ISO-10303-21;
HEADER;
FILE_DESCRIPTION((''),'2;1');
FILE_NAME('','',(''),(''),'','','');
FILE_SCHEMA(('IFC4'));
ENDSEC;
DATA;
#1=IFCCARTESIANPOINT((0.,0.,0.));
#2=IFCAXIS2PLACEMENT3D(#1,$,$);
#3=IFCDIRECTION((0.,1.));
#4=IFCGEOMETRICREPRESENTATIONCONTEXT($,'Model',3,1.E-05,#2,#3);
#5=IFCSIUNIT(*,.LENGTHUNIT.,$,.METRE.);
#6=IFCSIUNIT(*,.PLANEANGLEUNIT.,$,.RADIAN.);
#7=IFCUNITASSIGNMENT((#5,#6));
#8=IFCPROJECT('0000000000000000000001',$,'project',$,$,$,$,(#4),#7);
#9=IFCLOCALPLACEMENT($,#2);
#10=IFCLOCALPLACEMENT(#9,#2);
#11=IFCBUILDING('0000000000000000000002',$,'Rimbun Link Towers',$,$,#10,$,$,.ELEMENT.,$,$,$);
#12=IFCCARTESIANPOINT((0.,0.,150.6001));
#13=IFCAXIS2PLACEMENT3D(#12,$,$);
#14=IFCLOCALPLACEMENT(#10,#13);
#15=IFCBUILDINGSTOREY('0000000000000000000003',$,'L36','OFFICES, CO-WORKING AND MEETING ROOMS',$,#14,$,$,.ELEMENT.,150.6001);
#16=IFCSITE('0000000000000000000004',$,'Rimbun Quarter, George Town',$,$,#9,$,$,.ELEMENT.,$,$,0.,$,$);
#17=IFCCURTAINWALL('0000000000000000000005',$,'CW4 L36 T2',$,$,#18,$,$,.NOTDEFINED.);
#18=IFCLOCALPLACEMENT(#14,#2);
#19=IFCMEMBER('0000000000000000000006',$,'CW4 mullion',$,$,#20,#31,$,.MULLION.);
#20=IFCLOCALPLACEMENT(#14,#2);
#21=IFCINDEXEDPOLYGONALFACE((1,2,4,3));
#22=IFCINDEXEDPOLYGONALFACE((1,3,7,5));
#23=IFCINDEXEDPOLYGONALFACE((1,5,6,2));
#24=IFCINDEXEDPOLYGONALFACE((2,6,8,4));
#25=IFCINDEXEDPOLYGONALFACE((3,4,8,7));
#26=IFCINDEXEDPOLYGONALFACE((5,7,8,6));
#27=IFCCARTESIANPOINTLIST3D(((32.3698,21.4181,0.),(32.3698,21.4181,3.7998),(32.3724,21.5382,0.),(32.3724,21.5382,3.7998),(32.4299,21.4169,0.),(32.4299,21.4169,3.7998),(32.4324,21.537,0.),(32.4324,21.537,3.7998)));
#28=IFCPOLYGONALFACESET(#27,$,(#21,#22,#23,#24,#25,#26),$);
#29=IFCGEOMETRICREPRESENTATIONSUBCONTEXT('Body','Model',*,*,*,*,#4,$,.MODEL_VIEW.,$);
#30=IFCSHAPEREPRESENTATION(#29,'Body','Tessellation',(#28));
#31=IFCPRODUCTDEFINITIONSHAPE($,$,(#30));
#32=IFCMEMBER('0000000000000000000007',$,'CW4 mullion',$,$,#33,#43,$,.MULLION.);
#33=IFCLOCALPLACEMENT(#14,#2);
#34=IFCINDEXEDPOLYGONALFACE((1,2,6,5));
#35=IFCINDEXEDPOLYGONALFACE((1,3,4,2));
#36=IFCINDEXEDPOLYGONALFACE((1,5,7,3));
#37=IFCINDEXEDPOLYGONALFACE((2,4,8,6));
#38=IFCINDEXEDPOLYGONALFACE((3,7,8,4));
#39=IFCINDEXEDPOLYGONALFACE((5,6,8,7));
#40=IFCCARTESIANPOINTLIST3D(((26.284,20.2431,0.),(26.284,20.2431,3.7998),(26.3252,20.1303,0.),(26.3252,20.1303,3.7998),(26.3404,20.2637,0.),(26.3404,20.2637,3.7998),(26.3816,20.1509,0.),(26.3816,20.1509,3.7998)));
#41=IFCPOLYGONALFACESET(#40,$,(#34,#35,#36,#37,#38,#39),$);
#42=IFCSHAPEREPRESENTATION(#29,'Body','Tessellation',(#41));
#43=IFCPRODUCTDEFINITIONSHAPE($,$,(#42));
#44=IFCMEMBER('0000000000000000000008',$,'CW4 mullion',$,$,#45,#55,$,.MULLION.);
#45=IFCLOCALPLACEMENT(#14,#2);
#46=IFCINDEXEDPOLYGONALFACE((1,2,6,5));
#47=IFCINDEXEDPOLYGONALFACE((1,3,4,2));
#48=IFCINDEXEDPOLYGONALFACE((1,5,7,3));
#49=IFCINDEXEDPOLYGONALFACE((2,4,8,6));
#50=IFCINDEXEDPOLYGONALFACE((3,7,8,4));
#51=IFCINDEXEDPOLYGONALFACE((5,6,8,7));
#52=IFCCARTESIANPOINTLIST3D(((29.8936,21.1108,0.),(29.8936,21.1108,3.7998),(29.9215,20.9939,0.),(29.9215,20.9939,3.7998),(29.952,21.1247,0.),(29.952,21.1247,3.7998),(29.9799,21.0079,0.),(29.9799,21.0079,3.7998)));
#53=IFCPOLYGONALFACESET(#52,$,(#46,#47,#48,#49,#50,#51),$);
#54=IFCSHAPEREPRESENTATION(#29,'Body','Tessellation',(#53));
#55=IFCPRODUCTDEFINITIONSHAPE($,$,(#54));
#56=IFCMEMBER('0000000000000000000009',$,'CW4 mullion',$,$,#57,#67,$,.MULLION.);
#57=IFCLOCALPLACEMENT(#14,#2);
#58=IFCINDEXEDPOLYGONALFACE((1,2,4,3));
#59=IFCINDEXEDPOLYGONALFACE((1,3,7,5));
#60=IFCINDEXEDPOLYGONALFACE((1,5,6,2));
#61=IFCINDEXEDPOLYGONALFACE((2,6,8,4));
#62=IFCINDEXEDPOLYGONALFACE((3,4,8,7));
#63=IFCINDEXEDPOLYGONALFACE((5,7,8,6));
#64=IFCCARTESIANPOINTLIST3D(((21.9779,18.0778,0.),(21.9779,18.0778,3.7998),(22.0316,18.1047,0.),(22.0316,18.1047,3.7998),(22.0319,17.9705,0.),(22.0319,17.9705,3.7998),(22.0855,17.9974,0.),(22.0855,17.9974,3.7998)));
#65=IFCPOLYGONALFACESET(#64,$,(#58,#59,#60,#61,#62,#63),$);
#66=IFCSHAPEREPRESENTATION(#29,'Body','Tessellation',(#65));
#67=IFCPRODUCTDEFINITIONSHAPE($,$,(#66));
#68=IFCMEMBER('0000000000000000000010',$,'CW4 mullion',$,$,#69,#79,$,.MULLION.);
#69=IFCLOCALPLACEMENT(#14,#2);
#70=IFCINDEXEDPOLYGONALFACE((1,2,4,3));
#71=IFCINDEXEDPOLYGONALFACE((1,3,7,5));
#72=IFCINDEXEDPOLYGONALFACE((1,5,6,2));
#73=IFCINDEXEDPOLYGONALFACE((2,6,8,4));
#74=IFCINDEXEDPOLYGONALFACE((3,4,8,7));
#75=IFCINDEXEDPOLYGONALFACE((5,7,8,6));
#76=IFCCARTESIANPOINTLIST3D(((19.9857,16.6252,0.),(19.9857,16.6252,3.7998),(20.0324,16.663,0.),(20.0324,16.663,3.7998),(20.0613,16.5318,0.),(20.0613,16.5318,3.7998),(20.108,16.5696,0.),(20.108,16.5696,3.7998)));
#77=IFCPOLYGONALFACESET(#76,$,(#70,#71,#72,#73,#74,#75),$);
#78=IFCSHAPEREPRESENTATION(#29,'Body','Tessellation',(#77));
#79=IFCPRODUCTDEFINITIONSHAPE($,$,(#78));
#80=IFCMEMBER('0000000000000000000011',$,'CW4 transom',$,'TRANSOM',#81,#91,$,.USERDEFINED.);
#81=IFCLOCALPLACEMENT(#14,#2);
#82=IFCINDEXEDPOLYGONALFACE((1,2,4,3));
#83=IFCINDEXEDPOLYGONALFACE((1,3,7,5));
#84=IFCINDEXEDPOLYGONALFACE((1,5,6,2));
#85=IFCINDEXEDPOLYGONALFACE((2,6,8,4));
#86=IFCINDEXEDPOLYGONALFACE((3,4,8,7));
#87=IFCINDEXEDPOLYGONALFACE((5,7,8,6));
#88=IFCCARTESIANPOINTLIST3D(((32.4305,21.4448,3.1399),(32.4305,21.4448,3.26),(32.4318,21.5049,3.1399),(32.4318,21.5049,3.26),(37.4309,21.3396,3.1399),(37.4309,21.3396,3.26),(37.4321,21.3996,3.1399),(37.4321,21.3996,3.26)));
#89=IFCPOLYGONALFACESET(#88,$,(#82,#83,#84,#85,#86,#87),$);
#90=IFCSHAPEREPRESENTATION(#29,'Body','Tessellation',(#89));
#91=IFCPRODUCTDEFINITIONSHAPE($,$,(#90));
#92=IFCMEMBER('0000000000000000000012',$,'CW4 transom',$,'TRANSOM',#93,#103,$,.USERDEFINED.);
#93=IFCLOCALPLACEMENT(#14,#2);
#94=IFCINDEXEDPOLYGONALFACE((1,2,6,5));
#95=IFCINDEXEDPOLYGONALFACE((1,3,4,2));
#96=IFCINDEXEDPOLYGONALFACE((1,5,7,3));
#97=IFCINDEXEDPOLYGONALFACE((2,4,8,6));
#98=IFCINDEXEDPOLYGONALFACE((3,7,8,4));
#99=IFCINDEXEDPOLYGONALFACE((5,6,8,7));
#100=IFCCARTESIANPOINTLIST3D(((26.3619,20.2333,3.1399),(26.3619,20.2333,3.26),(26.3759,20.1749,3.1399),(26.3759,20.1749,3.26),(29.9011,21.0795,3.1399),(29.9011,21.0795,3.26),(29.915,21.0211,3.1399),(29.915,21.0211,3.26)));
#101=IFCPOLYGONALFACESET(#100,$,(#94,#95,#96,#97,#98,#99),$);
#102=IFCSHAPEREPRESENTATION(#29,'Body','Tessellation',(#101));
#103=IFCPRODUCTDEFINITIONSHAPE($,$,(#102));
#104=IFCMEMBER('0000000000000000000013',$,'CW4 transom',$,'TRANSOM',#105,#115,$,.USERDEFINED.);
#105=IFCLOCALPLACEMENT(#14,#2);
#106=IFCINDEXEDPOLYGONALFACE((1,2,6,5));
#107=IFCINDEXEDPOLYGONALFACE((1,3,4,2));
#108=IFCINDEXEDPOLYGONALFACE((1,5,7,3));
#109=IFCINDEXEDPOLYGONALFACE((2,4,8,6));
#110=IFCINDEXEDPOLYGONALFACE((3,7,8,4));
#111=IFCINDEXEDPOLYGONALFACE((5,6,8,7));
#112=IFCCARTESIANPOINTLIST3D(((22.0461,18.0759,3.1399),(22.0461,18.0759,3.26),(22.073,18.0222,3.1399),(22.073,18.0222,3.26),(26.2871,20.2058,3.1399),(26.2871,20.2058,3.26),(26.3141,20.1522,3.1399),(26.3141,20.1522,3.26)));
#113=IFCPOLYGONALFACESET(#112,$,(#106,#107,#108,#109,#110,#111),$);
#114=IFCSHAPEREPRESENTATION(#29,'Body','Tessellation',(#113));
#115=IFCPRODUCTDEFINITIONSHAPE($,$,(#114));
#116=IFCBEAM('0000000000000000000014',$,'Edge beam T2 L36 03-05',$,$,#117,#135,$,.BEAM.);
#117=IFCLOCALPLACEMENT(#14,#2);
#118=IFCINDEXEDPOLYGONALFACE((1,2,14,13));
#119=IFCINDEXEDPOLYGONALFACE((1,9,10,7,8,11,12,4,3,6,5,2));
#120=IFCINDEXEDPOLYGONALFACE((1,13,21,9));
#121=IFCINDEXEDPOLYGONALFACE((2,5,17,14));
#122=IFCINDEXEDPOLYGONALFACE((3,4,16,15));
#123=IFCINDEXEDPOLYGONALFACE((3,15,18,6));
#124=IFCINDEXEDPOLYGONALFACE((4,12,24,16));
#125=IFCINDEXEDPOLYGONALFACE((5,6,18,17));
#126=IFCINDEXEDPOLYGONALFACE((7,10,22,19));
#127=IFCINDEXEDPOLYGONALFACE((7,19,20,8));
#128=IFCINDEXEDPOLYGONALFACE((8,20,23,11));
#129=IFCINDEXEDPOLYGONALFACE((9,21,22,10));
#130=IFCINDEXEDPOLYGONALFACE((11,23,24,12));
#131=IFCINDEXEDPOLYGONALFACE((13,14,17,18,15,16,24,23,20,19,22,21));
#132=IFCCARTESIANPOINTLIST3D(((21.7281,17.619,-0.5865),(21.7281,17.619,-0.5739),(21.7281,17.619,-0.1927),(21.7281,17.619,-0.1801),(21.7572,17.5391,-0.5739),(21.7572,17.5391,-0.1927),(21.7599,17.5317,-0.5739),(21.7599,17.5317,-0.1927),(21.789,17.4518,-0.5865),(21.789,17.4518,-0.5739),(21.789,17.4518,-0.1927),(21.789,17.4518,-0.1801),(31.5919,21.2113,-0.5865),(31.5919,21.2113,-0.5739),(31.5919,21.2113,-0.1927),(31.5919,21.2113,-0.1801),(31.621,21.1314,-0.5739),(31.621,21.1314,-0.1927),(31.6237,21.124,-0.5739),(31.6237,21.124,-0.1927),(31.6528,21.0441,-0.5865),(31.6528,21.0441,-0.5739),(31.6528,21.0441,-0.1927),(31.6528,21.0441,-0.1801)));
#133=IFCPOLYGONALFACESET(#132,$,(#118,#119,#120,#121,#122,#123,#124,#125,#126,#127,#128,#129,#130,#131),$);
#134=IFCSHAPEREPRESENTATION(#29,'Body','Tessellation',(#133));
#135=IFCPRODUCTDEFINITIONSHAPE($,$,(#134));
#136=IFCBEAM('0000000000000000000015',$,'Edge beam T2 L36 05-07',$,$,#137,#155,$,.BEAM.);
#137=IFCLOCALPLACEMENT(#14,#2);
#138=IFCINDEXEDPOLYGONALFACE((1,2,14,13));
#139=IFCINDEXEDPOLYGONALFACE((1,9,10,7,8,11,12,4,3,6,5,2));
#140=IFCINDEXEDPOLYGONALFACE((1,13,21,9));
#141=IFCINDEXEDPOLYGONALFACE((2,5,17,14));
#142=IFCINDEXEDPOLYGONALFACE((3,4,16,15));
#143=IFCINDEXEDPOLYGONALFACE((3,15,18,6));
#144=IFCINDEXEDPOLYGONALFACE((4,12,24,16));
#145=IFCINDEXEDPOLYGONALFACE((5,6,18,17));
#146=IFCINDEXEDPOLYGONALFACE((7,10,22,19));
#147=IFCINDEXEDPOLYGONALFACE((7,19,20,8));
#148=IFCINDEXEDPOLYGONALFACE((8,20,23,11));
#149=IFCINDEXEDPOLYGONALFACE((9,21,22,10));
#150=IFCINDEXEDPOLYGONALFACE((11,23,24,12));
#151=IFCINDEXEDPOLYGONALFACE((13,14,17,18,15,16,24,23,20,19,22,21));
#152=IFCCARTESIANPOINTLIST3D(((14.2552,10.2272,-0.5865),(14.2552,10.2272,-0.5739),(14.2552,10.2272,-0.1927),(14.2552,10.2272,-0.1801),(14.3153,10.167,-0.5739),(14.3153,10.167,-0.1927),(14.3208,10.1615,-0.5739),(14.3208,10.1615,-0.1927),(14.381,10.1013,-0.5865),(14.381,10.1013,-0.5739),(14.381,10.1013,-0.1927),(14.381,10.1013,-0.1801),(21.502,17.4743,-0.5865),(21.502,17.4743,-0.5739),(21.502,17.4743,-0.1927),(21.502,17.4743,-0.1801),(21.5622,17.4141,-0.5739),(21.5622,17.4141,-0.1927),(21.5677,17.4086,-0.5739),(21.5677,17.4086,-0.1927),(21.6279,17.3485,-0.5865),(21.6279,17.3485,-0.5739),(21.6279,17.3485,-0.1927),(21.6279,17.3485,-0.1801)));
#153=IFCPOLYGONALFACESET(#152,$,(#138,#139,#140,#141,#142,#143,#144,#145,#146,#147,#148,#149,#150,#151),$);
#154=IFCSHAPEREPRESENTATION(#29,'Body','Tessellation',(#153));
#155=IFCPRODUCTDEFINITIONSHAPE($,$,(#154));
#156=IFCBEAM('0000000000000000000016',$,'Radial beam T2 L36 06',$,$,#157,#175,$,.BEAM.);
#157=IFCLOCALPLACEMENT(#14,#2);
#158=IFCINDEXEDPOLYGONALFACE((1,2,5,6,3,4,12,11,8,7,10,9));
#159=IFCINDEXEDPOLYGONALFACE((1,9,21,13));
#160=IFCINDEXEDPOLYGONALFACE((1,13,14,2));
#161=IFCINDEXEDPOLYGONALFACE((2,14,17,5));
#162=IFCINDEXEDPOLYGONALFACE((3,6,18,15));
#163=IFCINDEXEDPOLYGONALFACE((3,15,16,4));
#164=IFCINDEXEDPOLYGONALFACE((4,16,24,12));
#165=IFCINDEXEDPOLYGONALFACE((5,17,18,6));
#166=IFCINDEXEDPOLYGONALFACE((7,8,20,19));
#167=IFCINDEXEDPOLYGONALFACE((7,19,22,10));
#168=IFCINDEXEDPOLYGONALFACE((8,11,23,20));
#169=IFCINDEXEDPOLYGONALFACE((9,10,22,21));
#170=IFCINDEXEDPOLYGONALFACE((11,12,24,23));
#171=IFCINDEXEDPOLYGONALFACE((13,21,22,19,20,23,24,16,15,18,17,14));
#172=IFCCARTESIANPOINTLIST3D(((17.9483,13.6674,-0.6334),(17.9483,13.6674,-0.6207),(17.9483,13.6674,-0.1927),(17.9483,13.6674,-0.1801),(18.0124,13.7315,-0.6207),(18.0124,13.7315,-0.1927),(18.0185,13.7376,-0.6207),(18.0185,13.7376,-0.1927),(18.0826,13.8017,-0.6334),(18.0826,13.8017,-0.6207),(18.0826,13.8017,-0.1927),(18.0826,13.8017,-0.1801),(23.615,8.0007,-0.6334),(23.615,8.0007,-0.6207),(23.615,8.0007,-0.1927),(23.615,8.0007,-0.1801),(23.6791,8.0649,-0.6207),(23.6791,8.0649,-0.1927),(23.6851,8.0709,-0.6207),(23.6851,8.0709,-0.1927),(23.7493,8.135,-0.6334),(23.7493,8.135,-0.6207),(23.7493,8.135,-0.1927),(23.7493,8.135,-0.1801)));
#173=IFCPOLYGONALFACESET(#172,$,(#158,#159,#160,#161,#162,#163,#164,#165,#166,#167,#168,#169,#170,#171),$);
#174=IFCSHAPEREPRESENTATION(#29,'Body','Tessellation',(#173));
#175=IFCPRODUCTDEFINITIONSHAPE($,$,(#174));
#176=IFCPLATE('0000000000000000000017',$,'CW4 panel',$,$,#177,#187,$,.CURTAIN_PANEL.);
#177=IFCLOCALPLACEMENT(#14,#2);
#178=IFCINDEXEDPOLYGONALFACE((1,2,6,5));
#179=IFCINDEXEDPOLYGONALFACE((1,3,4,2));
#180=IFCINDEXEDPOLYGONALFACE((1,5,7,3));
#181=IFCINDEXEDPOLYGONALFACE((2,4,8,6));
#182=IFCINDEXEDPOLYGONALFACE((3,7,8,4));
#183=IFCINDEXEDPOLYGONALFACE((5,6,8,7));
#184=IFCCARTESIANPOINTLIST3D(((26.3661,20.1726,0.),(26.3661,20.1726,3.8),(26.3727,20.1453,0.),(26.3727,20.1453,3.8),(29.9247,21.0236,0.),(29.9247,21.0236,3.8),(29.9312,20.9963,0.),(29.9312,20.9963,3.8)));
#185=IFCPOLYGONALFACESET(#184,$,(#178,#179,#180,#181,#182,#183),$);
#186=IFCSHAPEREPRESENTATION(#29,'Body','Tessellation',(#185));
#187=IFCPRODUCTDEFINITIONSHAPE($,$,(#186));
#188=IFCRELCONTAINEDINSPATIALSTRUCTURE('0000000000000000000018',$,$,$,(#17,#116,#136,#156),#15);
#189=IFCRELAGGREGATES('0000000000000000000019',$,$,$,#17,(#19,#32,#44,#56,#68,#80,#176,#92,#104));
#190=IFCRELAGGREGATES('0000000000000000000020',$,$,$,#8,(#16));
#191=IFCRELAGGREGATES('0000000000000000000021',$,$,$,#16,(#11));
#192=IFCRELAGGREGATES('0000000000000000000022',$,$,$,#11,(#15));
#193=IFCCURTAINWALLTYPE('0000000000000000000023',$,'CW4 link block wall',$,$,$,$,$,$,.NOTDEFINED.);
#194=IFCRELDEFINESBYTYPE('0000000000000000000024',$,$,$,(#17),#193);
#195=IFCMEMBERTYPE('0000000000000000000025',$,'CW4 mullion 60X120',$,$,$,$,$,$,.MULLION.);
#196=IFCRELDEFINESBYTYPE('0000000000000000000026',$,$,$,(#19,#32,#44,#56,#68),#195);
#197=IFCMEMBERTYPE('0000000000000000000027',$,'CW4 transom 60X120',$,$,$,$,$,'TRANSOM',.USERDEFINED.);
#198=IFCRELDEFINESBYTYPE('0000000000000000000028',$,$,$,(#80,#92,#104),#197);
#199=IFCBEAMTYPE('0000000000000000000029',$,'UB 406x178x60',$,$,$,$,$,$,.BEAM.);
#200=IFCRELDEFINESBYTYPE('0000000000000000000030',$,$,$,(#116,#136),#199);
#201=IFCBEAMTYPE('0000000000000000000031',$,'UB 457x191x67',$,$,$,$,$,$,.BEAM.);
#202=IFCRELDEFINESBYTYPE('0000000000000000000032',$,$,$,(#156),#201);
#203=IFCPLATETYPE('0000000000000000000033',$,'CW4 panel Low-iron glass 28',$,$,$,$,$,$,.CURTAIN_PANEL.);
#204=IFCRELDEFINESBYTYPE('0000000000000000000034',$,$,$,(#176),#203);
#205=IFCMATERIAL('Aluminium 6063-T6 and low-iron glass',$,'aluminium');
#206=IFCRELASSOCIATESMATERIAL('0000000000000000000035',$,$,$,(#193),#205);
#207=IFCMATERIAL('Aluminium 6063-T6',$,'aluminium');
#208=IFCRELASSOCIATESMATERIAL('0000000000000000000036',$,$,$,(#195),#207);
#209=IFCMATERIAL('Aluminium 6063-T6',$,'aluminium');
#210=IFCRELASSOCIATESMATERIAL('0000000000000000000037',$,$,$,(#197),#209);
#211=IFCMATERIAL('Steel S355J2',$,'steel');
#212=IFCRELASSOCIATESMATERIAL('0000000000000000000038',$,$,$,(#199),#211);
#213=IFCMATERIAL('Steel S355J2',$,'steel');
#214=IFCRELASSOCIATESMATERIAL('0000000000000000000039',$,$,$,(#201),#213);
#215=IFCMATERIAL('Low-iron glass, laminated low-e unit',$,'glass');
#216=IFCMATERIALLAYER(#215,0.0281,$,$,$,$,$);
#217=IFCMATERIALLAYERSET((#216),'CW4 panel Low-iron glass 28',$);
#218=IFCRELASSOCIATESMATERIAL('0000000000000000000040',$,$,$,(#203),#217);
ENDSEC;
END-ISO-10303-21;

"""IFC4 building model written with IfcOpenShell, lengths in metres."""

from ifc_helpers import new_model, si_unit, direction, frame, origin, origin_2d, place, context, subcontext, project, spatial, rectangle, i_section, extrude, material, layer, layer_set, material_profile, profile_set, type_object, element, aggregate, save


model = new_model("IFC4")

# Units and contexts
model_context = context("Model", 3, precision=1e-05, world=origin(), true_north=direction((0.0, 1.0)))
body_context = subcontext(model_context, "Body", "Model", "MODEL_VIEW")
ifc_project = project(units=[si_unit("LENGTHUNIT", "METRE"), si_unit("PLANEANGLEUNIT", "RADIAN")], contexts=[model_context])

# Site, building, storey
site_placement = place(None, origin())
site = spatial("IfcSite", under=ifc_project, at=site_placement, Name="Rimbun Quarter, George Town", CompositionType="ELEMENT", RefElevation=0.0)
building_placement = place(site_placement, origin())
building = spatial("IfcBuilding", under=site, at=building_placement, Name="Rimbun Link Towers", CompositionType="ELEMENT")
storey_placement = place(building_placement, frame((0.0, 0.0, 150.6001)))
storey = spatial("IfcBuildingStorey", under=building, at=storey_placement, Name="L36", Description="OFFICES, CO-WORKING AND MEETING ROOMS", CompositionType="ELEMENT", Elevation=150.6001)

# Curtain wall, members
ifc_material_1 = material(Name="Aluminium 6063-T6 and low-iron glass", Category="aluminium")
curtain_wall_type = type_object("IfcCurtainWallType", Name="CW4 link block wall", PredefinedType="NOTDEFINED", material=ifc_material_1)
curtain_wall_placement = place(storey_placement, origin())
curtain_wall = element("IfcCurtainWall", 1, at=curtain_wall_placement, inside=storey, type_object=curtain_wall_type, Name="CW4 L36 T2", PredefinedType="NOTDEFINED")
ifc_material_2 = material(Name="Aluminium 6063-T6", Category="aluminium")
ifc_material_profile_1 = material_profile(ifc_material_2, rectangle(XDim=0.1201, YDim=0.0601, at=origin_2d()), Name="MULLION 60X120")
ifc_profile_set_1 = profile_set([ifc_material_profile_1], Name="Aluminium 6063-T6")
member_type_1 = type_object("IfcMemberType", Name="CW4 mullion 60X120", PredefinedType="MULLION", material=ifc_profile_set_1)
member_1_placement = place(storey_placement, frame((32.4011, 21.4775, 0.0), z_axis=(0.0, 0.0, 1.0), x_axis=(0.021063, 0.999778, 0.0)))
member_1 = element("IfcMember", 2, at=member_1_placement, type_object=member_type_1, Name="CW4 mullion", PredefinedType="MULLION", context=body_context, shape_type="SweptSolid", body=[
    extrude(rectangle(XDim=0.1201, YDim=0.0601, at=origin_2d()), origin(), (0.0, 0.0, 1.0), 3.7998),
])
member_2_placement = place(storey_placement, frame((26.3328, 20.197, 0.0), z_axis=(0.0, 0.0, 1.0), x_axis=(-0.342963, 0.939349, 0.0)))
member_2 = element("IfcMember", 3, at=member_2_placement, type_object=member_type_1, Name="CW4 mullion", PredefinedType="MULLION", context=body_context, shape_type="SweptSolid", body=[
    extrude(rectangle(XDim=0.1201, YDim=0.0601, at=origin_2d()), origin(), (0.0, 0.0, 1.0), 3.7998),
])
member_3_placement = place(storey_placement, frame((29.9368, 21.0593, 0.0), z_axis=(0.0, 0.0, 1.0), x_axis=(-0.232588, 0.972575, 0.0)))
member_3 = element("IfcMember", 4, at=member_3_placement, type_object=member_type_1, Name="CW4 mullion", PredefinedType="MULLION", context=body_context, shape_type="SweptSolid", body=[
    extrude(rectangle(XDim=0.1201, YDim=0.0601, at=origin_2d()), origin(), (0.0, 0.0, 1.0), 3.7998),
])
member_4_placement = place(storey_placement, frame((22.0317, 18.0376, 0.0), z_axis=(0.0, 0.0, 1.0), x_axis=(-0.448782, 0.893641, 0.0)))
member_4 = element("IfcMember", 5, at=member_4_placement, type_object=member_type_1, Name="CW4 mullion", PredefinedType="MULLION", context=body_context, shape_type="SweptSolid", body=[
    extrude(rectangle(XDim=0.1201, YDim=0.0601, at=origin_2d()), origin(), (0.0, 0.0, 1.0), 3.7998),
])
member_5_placement = place(storey_placement, frame((20.0469, 16.5974, 0.0), z_axis=(0.0, 0.0, 1.0), x_axis=(-0.629159, 0.777277, 0.0)))
member_5 = element("IfcMember", 6, at=member_5_placement, type_object=member_type_1, Name="CW4 mullion", PredefinedType="MULLION", context=body_context, shape_type="SweptSolid", body=[
    extrude(rectangle(XDim=0.1201, YDim=0.0601, at=origin_2d()), origin(), (0.0, 0.0, 1.0), 3.7998),
])
ifc_material_3 = material(Name="Aluminium 6063-T6", Category="aluminium")
ifc_material_profile_2 = material_profile(ifc_material_3, rectangle(XDim=0.0601, YDim=0.1201, at=origin_2d()), Name="TRANSOM 60X120")
ifc_profile_set_2 = profile_set([ifc_material_profile_2], Name="Aluminium 6063-T6")
member_type_2 = type_object("IfcMemberType", Name="CW4 transom 60X120", ElementType="TRANSOM", PredefinedType="USERDEFINED", material=ifc_profile_set_2)
member_6_placement = place(storey_placement, frame((32.4312, 21.4749, 3.2), z_axis=(0.999779, -0.021039, 0.0), x_axis=(0.021039, 0.999779, 0.0)))
member_6 = element("IfcMember", 7, at=member_6_placement, type_object=member_type_2, Name="CW4 transom", ObjectType="TRANSOM", PredefinedType="USERDEFINED", context=body_context, shape_type="SweptSolid", body=[
    extrude(rectangle(XDim=0.0601, YDim=0.1201, at=origin_2d()), origin(), (0.0, 0.0, 1.0), 5.0015),
])
member_7_placement = place(storey_placement, frame((26.3689, 20.2041, 3.2), z_axis=(0.972585, 0.232546, 0.0), x_axis=(-0.232546, 0.972585, 0.0)))
member_7 = element("IfcMember", 8, at=member_7_placement, type_object=member_type_2, Name="CW4 transom", ObjectType="TRANSOM", PredefinedType="USERDEFINED", context=body_context, shape_type="SweptSolid", body=[
    extrude(rectangle(XDim=0.0601, YDim=0.1201, at=origin_2d()), origin(), (0.0, 0.0, 1.0), 3.6389),
])
member_8_placement = place(storey_placement, frame((22.0596, 18.0491, 3.2), z_axis=(0.893634, 0.448797, 0.0), x_axis=(-0.448797, 0.893634, 0.0)))
member_8 = element("IfcMember", 9, at=member_8_placement, type_object=member_type_2, Name="CW4 transom", ObjectType="TRANSOM", PredefinedType="USERDEFINED", context=body_context, shape_type="SweptSolid", body=[
    extrude(rectangle(XDim=0.0601, YDim=0.1201, at=origin_2d()), origin(), (0.0, 0.0, 1.0), 4.7458),
])

# Beams
ifc_material_4 = material(Name="Steel S355J2", Category="steel")
ifc_material_profile_3 = material_profile(ifc_material_4, i_section(OverallWidth=0.178, OverallDepth=0.4065, WebThickness=0.0078, FlangeThickness=0.0127, at=origin_2d()), Name="UB 406x178x60")
ifc_profile_set_3 = profile_set([ifc_material_profile_3], Name="Steel S355J2")
beam_type_1 = type_object("IfcBeamType", Name="UB 406x178x60", PredefinedType="BEAM", material=ifc_profile_set_3)
beam_1_placement = place(storey_placement, frame((31.6223, 21.1277, -0.3833), z_axis=(-0.939626, -0.342202, 0.0), x_axis=(0.342202, -0.939626, 0.0)))
element("IfcBeam", 10, at=beam_1_placement, inside=storey, type_object=beam_type_1, Name="Edge beam T2 L36 03-05", PredefinedType="BEAM", context=body_context, shape_type="SweptSolid", body=[
    extrude(i_section(OverallWidth=0.178, OverallDepth=0.4065, WebThickness=0.0078, FlangeThickness=0.0127, at=origin_2d()), origin(), (0.0, 0.0, 1.0), 10.4976),
])
beam_2_placement = place(storey_placement, frame((21.5649, 17.4114, -0.3833), z_axis=(-0.707095, -0.707119, 0.0), x_axis=(0.707119, -0.707095, 0.0)))
element("IfcBeam", 11, at=beam_2_placement, inside=storey, type_object=beam_type_1, Name="Edge beam T2 L36 05-07", PredefinedType="BEAM", context=body_context, shape_type="SweptSolid", body=[
    extrude(i_section(OverallWidth=0.178, OverallDepth=0.4065, WebThickness=0.0078, FlangeThickness=0.0127, at=origin_2d()), origin(), (0.0, 0.0, 1.0), 10.2488),
])
ifc_material_5 = material(Name="Steel S355J2", Category="steel")
ifc_material_profile_4 = material_profile(ifc_material_5, i_section(OverallWidth=0.1899, OverallDepth=0.4534, WebThickness=0.0085, FlangeThickness=0.0127, at=origin_2d()), Name="UB 457x191x67")
ifc_profile_set_4 = profile_set([ifc_material_profile_4], Name="Steel S355J2")
beam_type_2 = type_object("IfcBeamType", Name="UB 457x191x67", PredefinedType="BEAM", material=ifc_profile_set_4)
beam_3_placement = place(storey_placement, frame((23.6821, 8.0679, -0.4067), z_axis=(-0.707107, 0.707107, 0.0), x_axis=(-0.707107, -0.707107, 0.0)))
element("IfcBeam", 12, at=beam_3_placement, inside=storey, type_object=beam_type_2, Name="Radial beam T2 L36 06", PredefinedType="BEAM", context=body_context, shape_type="SweptSolid", body=[
    extrude(i_section(OverallWidth=0.1899, OverallDepth=0.4534, WebThickness=0.0085, FlangeThickness=0.0127, at=origin_2d()), origin(), (0.0, 0.0, 1.0), 8.0139),
])

# Plate
ifc_material_6 = material(Name="Low-iron glass, laminated low-e unit", Category="glass")
ifc_layer_1 = layer(ifc_material_6, 0.0281)
ifc_layer_set_1 = layer_set([ifc_layer_1], Name="CW4 panel Low-iron glass 28")
plate_type = type_object("IfcPlateType", Name="CW4 panel Low-iron glass 28", PredefinedType="CURTAIN_PANEL", material=ifc_layer_set_1)
plate_1_placement = place(storey_placement, frame((28.1487, 20.5845, 0.0), z_axis=(0.0, 0.0, 1.0), x_axis=(0.972575, 0.232588, 0.0)))
plate_1 = element("IfcPlate", 13, at=plate_1_placement, type_object=plate_type, Name="CW4 panel", PredefinedType="CURTAIN_PANEL", context=body_context, shape_type="SweptSolid", body=[
    extrude(rectangle(XDim=3.6589, YDim=0.0281, at=origin_2d()), origin(), (0.0, 0.0, 1.0), 3.8),
])
aggregate(curtain_wall, [member_1, member_2, member_3, member_4, member_5, member_6, plate_1, member_7, member_8])

save(model, "model.ifc")
